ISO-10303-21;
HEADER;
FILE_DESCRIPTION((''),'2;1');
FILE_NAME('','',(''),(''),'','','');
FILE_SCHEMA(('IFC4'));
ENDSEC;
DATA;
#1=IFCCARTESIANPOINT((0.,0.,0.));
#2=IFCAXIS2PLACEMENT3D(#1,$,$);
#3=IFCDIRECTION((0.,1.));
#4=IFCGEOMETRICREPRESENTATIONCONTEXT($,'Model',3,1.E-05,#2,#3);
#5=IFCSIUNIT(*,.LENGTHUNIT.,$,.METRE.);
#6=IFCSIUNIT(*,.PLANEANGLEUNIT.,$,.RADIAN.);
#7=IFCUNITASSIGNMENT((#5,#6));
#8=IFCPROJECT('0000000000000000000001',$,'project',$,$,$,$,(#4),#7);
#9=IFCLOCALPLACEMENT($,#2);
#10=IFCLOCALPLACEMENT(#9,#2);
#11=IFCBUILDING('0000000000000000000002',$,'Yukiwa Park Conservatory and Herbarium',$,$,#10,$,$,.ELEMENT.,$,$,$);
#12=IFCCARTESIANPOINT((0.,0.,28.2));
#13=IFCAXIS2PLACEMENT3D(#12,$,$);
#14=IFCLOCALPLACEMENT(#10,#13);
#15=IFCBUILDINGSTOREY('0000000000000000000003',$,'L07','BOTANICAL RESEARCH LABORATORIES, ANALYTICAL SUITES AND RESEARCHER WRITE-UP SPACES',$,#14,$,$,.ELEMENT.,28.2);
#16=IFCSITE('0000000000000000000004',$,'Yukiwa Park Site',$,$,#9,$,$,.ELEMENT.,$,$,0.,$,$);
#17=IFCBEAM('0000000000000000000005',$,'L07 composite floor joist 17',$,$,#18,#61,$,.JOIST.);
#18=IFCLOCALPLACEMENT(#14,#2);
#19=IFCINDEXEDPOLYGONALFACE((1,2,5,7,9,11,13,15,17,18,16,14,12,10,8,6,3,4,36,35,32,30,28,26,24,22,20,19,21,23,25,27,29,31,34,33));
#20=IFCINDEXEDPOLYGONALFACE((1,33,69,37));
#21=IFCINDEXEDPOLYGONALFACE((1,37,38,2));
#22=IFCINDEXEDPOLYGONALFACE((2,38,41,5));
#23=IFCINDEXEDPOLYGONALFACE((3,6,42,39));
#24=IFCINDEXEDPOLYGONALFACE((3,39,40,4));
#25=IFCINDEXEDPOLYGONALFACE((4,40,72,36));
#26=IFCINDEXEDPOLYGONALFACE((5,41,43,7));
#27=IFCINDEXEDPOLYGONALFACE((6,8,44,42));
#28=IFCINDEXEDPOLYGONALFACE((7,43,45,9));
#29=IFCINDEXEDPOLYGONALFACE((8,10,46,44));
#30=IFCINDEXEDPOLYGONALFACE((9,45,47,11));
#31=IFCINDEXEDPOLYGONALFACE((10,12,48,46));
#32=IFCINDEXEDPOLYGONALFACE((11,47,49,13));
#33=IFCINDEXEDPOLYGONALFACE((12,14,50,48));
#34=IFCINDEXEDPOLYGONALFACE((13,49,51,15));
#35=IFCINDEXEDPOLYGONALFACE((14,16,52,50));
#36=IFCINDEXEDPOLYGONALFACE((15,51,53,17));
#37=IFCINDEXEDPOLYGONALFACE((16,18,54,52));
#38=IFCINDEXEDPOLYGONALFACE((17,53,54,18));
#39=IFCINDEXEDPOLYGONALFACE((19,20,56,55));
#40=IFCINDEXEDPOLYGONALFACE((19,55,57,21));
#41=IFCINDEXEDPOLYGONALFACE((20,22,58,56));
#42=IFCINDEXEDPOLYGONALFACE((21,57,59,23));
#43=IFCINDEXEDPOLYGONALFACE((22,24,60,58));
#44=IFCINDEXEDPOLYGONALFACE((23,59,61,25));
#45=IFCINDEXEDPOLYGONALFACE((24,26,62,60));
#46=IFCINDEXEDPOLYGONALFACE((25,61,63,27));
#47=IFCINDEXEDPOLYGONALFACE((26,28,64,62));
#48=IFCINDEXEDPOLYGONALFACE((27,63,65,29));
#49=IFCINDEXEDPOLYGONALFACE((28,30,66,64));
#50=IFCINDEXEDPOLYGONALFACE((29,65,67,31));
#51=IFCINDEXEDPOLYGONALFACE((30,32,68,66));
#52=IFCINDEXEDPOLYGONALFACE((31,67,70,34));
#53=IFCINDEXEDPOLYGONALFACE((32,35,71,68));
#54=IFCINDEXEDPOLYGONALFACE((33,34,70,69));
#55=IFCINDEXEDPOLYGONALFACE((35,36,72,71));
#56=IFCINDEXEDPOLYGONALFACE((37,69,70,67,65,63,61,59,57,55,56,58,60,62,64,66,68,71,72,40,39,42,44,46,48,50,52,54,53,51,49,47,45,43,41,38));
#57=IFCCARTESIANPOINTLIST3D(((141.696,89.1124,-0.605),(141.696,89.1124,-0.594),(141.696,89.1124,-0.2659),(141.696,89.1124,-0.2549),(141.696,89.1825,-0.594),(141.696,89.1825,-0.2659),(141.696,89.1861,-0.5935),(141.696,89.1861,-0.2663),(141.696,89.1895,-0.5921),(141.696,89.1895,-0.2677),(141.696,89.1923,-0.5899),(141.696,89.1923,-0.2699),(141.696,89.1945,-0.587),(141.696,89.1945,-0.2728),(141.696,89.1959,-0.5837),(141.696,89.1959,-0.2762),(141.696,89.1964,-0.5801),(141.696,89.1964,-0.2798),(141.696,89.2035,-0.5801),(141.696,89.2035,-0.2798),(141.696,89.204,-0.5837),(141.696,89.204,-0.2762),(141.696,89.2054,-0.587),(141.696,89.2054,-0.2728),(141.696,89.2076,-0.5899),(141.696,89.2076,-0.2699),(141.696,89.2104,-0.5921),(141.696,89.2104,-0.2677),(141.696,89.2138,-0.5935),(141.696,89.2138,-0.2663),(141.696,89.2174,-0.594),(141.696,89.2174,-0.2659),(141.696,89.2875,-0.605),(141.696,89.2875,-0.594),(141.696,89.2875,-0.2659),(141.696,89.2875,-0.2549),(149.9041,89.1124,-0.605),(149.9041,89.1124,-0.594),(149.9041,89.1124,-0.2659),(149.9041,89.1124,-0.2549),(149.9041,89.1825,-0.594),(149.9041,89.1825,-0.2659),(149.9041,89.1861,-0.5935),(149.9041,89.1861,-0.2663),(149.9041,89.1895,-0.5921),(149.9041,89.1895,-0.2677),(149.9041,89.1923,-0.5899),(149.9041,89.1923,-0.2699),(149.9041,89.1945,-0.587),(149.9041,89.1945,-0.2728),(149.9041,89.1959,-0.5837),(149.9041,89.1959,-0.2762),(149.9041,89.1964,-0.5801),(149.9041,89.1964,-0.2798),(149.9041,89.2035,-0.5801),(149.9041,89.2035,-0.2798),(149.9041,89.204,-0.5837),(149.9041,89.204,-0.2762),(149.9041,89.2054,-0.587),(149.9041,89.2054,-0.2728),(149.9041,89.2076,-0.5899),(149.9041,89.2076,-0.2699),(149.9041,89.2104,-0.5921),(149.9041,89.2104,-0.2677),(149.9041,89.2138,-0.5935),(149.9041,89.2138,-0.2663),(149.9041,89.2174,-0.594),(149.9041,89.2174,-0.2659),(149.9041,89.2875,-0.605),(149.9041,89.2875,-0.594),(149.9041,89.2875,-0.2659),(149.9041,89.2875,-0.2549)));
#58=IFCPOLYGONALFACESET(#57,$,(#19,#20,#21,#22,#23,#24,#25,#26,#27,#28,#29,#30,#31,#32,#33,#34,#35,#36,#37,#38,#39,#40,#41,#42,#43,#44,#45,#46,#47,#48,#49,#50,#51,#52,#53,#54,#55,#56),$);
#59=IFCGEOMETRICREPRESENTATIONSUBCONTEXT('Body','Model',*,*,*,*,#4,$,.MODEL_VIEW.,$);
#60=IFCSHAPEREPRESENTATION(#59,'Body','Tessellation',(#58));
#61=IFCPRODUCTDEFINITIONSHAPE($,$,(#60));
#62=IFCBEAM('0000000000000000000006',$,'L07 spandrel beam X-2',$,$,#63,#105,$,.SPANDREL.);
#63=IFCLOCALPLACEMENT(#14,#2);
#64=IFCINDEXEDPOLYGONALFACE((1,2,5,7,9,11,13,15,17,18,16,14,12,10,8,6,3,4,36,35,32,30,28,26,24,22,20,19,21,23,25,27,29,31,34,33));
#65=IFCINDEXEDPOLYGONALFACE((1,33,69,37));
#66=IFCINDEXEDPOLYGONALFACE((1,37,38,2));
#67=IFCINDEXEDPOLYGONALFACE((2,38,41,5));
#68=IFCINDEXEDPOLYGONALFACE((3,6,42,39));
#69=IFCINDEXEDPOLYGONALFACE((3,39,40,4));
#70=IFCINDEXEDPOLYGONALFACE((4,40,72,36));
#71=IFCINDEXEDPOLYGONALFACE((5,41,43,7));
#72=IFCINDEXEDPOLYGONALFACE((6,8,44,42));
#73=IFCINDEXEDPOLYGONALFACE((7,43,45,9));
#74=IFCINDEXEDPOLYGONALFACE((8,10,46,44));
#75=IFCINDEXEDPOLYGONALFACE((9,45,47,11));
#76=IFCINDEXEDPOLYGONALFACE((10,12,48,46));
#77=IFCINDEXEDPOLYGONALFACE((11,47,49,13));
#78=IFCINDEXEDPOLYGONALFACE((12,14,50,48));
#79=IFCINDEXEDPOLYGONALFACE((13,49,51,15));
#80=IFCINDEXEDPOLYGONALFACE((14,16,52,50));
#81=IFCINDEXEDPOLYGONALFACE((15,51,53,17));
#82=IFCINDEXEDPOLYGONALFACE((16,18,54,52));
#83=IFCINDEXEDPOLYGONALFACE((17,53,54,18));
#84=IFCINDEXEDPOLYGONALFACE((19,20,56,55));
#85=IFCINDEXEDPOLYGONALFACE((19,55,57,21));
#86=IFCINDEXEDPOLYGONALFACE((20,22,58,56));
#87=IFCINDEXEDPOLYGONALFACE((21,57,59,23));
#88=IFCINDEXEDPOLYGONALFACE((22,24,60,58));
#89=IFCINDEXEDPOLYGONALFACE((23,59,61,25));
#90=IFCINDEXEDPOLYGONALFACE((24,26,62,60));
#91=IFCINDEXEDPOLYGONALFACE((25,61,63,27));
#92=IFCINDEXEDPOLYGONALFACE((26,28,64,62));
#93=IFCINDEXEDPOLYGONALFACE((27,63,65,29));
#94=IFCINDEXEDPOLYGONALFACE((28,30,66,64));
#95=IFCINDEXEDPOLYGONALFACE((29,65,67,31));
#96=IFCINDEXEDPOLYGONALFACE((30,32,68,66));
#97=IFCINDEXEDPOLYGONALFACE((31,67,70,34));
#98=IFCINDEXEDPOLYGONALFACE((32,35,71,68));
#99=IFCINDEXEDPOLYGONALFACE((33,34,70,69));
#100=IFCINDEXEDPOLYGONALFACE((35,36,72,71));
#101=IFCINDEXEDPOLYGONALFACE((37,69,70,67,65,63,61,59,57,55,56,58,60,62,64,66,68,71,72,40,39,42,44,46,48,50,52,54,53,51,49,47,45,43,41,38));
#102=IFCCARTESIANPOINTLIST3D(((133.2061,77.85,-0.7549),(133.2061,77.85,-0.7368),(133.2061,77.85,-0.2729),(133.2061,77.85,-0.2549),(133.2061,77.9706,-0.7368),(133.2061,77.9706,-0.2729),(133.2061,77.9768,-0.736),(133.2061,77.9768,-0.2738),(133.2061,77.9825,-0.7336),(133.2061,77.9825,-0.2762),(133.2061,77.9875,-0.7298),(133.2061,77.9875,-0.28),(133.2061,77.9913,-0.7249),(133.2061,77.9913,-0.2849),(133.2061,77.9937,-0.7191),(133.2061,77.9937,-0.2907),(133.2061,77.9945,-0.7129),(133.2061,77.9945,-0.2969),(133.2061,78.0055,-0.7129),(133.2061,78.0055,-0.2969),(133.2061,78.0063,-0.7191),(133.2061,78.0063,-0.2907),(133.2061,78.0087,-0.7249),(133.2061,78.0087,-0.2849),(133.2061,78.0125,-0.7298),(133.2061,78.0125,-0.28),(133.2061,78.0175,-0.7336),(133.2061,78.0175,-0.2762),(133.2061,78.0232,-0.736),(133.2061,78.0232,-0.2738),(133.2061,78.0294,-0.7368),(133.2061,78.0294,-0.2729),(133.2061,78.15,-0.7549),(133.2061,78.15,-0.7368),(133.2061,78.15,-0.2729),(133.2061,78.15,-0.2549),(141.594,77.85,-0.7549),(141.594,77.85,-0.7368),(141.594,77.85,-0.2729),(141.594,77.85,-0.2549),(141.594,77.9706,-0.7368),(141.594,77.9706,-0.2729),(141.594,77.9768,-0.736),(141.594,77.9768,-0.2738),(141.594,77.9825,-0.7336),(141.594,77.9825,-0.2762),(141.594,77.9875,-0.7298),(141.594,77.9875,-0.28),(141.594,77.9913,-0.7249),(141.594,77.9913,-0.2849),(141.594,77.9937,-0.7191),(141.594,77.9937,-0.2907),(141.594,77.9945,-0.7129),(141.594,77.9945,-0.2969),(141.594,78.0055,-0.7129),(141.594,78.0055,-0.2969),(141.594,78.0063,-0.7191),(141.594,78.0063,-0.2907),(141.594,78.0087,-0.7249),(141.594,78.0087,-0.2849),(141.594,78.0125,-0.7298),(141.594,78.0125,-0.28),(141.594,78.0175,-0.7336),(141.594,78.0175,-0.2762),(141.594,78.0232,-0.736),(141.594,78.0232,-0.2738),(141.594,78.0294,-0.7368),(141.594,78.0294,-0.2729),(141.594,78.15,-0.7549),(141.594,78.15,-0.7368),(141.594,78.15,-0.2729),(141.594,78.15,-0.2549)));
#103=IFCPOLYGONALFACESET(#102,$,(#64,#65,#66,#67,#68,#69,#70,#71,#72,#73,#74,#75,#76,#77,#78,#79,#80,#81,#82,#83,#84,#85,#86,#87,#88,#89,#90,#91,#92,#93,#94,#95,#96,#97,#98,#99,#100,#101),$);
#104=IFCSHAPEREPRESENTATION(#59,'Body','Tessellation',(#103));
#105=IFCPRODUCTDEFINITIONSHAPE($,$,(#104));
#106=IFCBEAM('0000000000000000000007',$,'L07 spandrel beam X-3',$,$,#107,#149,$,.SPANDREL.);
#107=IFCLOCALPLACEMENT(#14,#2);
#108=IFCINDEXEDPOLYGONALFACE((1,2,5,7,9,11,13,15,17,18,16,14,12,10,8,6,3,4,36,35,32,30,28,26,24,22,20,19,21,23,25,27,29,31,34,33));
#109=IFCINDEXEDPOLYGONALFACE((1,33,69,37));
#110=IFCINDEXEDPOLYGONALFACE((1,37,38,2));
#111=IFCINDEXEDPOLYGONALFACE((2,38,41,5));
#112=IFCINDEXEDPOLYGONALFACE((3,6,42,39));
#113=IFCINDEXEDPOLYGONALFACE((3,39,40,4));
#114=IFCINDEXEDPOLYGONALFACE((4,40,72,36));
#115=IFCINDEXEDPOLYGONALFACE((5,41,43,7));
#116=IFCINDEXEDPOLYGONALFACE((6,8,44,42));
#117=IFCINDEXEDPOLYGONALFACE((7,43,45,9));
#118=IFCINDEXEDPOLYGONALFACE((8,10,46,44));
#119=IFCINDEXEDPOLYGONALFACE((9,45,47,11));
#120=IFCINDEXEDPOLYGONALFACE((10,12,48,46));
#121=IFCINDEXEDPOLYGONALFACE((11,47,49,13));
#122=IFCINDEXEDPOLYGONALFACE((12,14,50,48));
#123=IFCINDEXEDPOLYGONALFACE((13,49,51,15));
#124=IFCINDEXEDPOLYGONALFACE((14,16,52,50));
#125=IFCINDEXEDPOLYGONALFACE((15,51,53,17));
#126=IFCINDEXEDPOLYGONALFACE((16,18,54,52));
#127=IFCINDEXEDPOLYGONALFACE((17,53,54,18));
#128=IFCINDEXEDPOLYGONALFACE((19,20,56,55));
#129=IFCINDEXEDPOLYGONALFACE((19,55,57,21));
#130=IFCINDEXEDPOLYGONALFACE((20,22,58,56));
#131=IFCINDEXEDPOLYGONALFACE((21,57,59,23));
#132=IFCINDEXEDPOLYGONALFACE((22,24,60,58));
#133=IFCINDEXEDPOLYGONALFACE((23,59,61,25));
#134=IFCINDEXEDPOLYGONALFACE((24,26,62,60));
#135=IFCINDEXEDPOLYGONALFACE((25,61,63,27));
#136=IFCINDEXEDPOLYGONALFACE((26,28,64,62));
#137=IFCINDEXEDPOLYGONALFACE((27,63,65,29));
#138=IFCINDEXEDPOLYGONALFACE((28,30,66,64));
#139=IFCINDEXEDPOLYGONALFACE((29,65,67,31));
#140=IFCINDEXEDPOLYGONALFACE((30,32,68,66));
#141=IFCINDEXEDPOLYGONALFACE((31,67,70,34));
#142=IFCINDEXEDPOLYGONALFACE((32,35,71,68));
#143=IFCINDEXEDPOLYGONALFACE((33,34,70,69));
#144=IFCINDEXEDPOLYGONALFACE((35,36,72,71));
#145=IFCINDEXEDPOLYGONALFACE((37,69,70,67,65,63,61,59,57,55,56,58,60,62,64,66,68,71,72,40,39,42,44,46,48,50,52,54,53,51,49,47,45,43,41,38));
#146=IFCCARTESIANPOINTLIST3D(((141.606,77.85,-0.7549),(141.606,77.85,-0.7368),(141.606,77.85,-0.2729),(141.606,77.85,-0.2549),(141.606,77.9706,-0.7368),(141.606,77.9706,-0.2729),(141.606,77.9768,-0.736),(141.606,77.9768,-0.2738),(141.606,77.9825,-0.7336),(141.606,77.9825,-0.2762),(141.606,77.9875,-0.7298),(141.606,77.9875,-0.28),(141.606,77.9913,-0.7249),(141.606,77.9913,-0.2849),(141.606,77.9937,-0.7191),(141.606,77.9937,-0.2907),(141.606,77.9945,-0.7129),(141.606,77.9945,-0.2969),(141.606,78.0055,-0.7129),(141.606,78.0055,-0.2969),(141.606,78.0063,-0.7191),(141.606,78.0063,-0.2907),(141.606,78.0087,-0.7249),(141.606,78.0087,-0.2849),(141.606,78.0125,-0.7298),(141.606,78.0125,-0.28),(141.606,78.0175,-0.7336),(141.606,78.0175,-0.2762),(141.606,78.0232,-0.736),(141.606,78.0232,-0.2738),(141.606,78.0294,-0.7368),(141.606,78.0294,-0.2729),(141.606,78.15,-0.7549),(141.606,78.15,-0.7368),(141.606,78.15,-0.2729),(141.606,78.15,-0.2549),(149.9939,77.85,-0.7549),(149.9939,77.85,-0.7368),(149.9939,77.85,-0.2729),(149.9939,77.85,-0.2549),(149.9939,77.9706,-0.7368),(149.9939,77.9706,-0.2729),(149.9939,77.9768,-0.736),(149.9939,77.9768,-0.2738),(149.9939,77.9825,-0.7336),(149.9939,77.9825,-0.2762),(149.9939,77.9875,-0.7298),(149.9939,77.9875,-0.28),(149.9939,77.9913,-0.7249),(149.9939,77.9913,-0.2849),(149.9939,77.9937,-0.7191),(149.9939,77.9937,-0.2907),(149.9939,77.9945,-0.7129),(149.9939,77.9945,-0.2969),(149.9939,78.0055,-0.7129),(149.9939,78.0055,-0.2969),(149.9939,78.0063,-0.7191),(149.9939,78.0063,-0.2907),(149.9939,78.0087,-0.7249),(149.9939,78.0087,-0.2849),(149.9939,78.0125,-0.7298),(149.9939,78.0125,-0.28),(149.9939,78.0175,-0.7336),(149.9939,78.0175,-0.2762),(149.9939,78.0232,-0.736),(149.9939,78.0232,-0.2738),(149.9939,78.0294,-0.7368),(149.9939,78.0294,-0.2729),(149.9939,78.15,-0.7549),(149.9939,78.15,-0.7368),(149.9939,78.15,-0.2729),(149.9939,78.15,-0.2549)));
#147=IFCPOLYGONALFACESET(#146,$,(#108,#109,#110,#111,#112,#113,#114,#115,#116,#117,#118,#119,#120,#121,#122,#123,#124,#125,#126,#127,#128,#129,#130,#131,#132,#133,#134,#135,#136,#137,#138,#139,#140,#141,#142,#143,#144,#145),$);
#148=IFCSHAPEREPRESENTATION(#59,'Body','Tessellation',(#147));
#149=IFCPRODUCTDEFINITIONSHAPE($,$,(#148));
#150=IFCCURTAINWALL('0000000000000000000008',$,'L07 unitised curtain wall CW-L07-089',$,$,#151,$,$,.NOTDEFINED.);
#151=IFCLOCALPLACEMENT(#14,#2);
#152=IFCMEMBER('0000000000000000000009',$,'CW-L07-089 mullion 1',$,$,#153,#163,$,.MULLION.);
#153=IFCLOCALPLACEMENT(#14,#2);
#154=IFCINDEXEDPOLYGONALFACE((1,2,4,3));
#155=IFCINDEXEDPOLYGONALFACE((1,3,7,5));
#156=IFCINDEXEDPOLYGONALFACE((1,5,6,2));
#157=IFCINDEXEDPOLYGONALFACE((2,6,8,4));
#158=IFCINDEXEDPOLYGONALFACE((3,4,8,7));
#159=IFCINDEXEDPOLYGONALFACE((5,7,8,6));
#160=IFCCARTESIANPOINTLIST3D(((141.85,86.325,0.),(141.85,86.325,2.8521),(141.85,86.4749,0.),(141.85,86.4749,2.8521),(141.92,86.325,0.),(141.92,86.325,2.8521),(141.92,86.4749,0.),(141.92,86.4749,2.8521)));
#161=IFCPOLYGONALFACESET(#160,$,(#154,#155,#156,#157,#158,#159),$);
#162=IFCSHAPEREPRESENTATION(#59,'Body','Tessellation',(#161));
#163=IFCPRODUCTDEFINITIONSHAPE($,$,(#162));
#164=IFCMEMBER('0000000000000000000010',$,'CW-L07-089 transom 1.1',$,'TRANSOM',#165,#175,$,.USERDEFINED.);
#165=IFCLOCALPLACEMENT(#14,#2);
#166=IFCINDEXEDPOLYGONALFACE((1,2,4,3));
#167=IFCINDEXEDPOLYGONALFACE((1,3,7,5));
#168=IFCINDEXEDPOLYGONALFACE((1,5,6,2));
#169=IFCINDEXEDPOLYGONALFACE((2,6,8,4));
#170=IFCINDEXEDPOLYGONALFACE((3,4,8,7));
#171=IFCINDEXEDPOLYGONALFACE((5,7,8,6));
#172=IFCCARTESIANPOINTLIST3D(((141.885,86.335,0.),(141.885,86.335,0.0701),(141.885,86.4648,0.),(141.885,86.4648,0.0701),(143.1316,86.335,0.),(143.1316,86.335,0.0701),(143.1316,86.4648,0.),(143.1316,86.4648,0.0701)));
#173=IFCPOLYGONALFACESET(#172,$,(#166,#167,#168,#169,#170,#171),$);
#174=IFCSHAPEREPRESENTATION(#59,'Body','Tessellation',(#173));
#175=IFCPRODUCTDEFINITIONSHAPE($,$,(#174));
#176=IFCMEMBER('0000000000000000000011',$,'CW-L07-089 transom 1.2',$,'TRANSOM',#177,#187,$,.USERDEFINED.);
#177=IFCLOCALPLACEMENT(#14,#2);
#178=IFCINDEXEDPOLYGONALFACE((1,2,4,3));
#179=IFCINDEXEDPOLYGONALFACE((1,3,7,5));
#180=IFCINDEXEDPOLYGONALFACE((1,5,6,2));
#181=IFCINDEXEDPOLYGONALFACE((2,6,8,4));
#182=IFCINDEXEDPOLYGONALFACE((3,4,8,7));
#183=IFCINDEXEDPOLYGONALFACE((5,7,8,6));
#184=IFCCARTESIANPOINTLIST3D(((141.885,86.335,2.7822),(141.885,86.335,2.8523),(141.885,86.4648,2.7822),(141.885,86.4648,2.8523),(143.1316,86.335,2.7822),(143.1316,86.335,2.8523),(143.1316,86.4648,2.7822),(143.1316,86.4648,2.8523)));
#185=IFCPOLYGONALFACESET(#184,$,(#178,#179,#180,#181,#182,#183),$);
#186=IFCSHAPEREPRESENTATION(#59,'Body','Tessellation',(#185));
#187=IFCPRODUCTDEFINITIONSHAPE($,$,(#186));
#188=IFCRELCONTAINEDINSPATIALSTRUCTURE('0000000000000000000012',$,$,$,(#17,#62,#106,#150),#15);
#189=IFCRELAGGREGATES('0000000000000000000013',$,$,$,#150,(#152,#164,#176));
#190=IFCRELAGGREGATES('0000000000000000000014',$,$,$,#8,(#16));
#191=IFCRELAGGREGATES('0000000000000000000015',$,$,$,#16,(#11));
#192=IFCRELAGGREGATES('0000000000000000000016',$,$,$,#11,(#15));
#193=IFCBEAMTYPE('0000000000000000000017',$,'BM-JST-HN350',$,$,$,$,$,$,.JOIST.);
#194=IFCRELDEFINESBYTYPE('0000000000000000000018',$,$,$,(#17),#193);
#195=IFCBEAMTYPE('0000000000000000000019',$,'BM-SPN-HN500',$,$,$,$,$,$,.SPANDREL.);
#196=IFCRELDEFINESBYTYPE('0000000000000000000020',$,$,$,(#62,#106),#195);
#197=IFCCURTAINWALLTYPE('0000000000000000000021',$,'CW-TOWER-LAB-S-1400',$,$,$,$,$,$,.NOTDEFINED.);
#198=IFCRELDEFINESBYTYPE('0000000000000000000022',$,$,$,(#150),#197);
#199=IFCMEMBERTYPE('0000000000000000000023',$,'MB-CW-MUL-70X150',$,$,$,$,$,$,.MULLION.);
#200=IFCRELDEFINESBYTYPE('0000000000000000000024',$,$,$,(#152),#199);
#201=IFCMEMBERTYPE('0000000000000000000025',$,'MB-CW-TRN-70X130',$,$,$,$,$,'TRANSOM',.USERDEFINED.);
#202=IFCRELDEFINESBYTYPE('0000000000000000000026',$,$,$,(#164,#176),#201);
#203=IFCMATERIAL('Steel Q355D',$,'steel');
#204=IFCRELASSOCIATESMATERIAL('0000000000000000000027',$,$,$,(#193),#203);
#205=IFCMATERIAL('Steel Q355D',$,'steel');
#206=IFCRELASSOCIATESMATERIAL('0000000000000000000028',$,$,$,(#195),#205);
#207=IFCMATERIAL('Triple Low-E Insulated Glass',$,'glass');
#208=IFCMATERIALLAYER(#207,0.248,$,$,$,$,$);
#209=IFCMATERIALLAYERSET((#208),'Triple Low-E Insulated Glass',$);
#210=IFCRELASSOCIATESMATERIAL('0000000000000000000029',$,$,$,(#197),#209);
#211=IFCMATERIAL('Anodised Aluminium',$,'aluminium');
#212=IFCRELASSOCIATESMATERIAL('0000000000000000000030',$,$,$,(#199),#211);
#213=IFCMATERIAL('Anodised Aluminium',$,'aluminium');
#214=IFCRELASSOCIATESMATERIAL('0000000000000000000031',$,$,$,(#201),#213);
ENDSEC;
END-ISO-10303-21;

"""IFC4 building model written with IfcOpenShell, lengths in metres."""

from ifc_helpers import new_model, si_unit, direction, frame, origin, origin_2d, place, context, subcontext, project, spatial, rectangle, i_section, extrude, material, layer, layer_set, material_profile, profile_set, type_object, element, aggregate, save


model = new_model("IFC4")

# Units and contexts
model_context = context("Model", 3, precision=1e-05, world=origin(), true_north=direction((0.0, 1.0)))
body_context = subcontext(model_context, "Body", "Model", "MODEL_VIEW")
ifc_project = project(units=[si_unit("LENGTHUNIT", "METRE"), si_unit("PLANEANGLEUNIT", "RADIAN")], contexts=[model_context])

# Site, building, storey
site_placement = place(None, origin())
site = spatial("IfcSite", under=ifc_project, at=site_placement, Name="Yukiwa Park Site", CompositionType="ELEMENT", RefElevation=0.0)
building_placement = place(site_placement, origin())
building = spatial("IfcBuilding", under=site, at=building_placement, Name="Yukiwa Park Conservatory and Herbarium", CompositionType="ELEMENT")
storey_placement = place(building_placement, frame((0.0, 0.0, 28.2)))
storey = spatial("IfcBuildingStorey", under=building, at=storey_placement, Name="L07", Description="BOTANICAL RESEARCH LABORATORIES, ANALYTICAL SUITES AND RESEARCHER WRITE-UP SPACES", CompositionType="ELEMENT", Elevation=28.2)

# Beams
ifc_material_1 = material(Name="Steel Q355D", Category="steel")
ifc_material_profile_1 = material_profile(ifc_material_1, i_section(OverallWidth=0.175, OverallDepth=0.3501, WebThickness=0.0071, FlangeThickness=0.011, FilletRadius=0.0139, at=origin_2d()), Name="HN 350x175x7x11")
ifc_profile_set_1 = profile_set([ifc_material_profile_1], Name="Steel Q355D")
beam_type_1 = type_object("IfcBeamType", Name="BM-JST-HN350", PredefinedType="JOIST", material=ifc_profile_set_1)
for number, where, z_axis, x_axis, name in (
    (1, (141.696, 89.2, -0.4299), (1.0, 0.0, 0.0), (0.0, 1.0, 0.0), "L07 composite floor joist 17"),
):
    element("IfcBeam", number, at=place(storey_placement, frame(where, z_axis=z_axis, x_axis=x_axis)), inside=storey, type_object=beam_type_1, Name=name, PredefinedType="JOIST", context=body_context, shape_type="SweptSolid", body=[
        extrude(i_section(OverallWidth=0.175, OverallDepth=0.3501, WebThickness=0.0071, FlangeThickness=0.011, FilletRadius=0.0139, at=origin_2d()), origin(), (0.0, 0.0, 1.0), 8.208),
    ])
ifc_material_2 = material(Name="Steel Q355D", Category="steel")
ifc_material_profile_2 = material_profile(ifc_material_2, i_section(OverallWidth=0.3, OverallDepth=0.5, WebThickness=0.011, FlangeThickness=0.0181, FilletRadius=0.0239, at=origin_2d()), Name="HM 500x300x11x18")
ifc_profile_set_2 = profile_set([ifc_material_profile_2], Name="Steel Q355D")
beam_type_2 = type_object("IfcBeamType", Name="BM-SPN-HN500", PredefinedType="SPANDREL", material=ifc_profile_set_2)
for number, where, z_axis, x_axis, name in (
    (2, (133.2061, 78.0, -0.5049), (1.0, 0.0, 0.0), (0.0, 1.0, 0.0), "L07 spandrel beam X-2"),
    (3, (141.606, 78.0, -0.5049), (1.0, 0.0, 0.0), (0.0, 1.0, 0.0), "L07 spandrel beam X-3"),
):
    element("IfcBeam", number, at=place(storey_placement, frame(where, z_axis=z_axis, x_axis=x_axis)), inside=storey, type_object=beam_type_2, Name=name, PredefinedType="SPANDREL", context=body_context, shape_type="SweptSolid", body=[
        extrude(i_section(OverallWidth=0.3, OverallDepth=0.5, WebThickness=0.011, FlangeThickness=0.0181, FilletRadius=0.0239, at=origin_2d()), origin(), (0.0, 0.0, 1.0), 8.3879),
    ])

# Curtain wall, members
ifc_material_3 = material(Name="Triple Low-E Insulated Glass", Category="glass")
ifc_layer_1 = layer(ifc_material_3, 0.248)
ifc_layer_set_1 = layer_set([ifc_layer_1], Name="Triple Low-E Insulated Glass")
curtain_wall_type = type_object("IfcCurtainWallType", Name="CW-TOWER-LAB-S-1400", PredefinedType="NOTDEFINED", material=ifc_layer_set_1)
curtain_wall_placement = place(storey_placement, origin())
curtain_wall = element("IfcCurtainWall", 4, at=curtain_wall_placement, inside=storey, type_object=curtain_wall_type, Name="L07 unitised curtain wall CW-L07-089", PredefinedType="NOTDEFINED")
ifc_material_4 = material(Name="Anodised Aluminium", Category="aluminium")
member_type_1 = type_object("IfcMemberType", Name="MB-CW-MUL-70X150", PredefinedType="MULLION", material=ifc_material_4)
member_1_placement = place(storey_placement, frame((141.885, 86.3999, 0.0), z_axis=(0.0, 0.0, 1.0), x_axis=(1.0, 0.0, 0.0)))
member_1 = element("IfcMember", 5, at=member_1_placement, type_object=member_type_1, Name="CW-L07-089 mullion 1", PredefinedType="MULLION", context=body_context, shape_type="SweptSolid", body=[
    extrude(rectangle(XDim=0.0701, YDim=0.1499, at=origin_2d()), origin(), (0.0, 0.0, 1.0), 2.8521),
])
ifc_material_5 = material(Name="Anodised Aluminium", Category="aluminium")
member_type_2 = type_object("IfcMemberType", Name="MB-CW-TRN-70X130", ElementType="TRANSOM", PredefinedType="USERDEFINED", material=ifc_material_5)
member_2_placement = place(storey_placement, frame((142.5083, 86.3999, 0.0), z_axis=(0.0, 0.0, 1.0), x_axis=(1.0, 0.0, 0.0)))
member_2 = element("IfcMember", 6, at=member_2_placement, type_object=member_type_2, Name="CW-L07-089 transom 1.1", ObjectType="TRANSOM", PredefinedType="USERDEFINED", context=body_context, shape_type="SweptSolid", body=[
    extrude(rectangle(XDim=1.2466, YDim=0.1299, at=origin_2d()), origin(), (0.0, 0.0, 1.0), 0.0701),
])
member_3_placement = place(storey_placement, frame((142.5083, 86.3999, 2.7822), z_axis=(0.0, 0.0, 1.0), x_axis=(1.0, 0.0, 0.0)))
member_3 = element("IfcMember", 7, at=member_3_placement, type_object=member_type_2, Name="CW-L07-089 transom 1.2", ObjectType="TRANSOM", PredefinedType="USERDEFINED", context=body_context, shape_type="SweptSolid", body=[
    extrude(rectangle(XDim=1.2466, YDim=0.1299, at=origin_2d()), origin(), (0.0, 0.0, 1.0), 0.0701),
])
aggregate(curtain_wall, [member_1, member_2, member_3])

save(model, "model.ifc")
